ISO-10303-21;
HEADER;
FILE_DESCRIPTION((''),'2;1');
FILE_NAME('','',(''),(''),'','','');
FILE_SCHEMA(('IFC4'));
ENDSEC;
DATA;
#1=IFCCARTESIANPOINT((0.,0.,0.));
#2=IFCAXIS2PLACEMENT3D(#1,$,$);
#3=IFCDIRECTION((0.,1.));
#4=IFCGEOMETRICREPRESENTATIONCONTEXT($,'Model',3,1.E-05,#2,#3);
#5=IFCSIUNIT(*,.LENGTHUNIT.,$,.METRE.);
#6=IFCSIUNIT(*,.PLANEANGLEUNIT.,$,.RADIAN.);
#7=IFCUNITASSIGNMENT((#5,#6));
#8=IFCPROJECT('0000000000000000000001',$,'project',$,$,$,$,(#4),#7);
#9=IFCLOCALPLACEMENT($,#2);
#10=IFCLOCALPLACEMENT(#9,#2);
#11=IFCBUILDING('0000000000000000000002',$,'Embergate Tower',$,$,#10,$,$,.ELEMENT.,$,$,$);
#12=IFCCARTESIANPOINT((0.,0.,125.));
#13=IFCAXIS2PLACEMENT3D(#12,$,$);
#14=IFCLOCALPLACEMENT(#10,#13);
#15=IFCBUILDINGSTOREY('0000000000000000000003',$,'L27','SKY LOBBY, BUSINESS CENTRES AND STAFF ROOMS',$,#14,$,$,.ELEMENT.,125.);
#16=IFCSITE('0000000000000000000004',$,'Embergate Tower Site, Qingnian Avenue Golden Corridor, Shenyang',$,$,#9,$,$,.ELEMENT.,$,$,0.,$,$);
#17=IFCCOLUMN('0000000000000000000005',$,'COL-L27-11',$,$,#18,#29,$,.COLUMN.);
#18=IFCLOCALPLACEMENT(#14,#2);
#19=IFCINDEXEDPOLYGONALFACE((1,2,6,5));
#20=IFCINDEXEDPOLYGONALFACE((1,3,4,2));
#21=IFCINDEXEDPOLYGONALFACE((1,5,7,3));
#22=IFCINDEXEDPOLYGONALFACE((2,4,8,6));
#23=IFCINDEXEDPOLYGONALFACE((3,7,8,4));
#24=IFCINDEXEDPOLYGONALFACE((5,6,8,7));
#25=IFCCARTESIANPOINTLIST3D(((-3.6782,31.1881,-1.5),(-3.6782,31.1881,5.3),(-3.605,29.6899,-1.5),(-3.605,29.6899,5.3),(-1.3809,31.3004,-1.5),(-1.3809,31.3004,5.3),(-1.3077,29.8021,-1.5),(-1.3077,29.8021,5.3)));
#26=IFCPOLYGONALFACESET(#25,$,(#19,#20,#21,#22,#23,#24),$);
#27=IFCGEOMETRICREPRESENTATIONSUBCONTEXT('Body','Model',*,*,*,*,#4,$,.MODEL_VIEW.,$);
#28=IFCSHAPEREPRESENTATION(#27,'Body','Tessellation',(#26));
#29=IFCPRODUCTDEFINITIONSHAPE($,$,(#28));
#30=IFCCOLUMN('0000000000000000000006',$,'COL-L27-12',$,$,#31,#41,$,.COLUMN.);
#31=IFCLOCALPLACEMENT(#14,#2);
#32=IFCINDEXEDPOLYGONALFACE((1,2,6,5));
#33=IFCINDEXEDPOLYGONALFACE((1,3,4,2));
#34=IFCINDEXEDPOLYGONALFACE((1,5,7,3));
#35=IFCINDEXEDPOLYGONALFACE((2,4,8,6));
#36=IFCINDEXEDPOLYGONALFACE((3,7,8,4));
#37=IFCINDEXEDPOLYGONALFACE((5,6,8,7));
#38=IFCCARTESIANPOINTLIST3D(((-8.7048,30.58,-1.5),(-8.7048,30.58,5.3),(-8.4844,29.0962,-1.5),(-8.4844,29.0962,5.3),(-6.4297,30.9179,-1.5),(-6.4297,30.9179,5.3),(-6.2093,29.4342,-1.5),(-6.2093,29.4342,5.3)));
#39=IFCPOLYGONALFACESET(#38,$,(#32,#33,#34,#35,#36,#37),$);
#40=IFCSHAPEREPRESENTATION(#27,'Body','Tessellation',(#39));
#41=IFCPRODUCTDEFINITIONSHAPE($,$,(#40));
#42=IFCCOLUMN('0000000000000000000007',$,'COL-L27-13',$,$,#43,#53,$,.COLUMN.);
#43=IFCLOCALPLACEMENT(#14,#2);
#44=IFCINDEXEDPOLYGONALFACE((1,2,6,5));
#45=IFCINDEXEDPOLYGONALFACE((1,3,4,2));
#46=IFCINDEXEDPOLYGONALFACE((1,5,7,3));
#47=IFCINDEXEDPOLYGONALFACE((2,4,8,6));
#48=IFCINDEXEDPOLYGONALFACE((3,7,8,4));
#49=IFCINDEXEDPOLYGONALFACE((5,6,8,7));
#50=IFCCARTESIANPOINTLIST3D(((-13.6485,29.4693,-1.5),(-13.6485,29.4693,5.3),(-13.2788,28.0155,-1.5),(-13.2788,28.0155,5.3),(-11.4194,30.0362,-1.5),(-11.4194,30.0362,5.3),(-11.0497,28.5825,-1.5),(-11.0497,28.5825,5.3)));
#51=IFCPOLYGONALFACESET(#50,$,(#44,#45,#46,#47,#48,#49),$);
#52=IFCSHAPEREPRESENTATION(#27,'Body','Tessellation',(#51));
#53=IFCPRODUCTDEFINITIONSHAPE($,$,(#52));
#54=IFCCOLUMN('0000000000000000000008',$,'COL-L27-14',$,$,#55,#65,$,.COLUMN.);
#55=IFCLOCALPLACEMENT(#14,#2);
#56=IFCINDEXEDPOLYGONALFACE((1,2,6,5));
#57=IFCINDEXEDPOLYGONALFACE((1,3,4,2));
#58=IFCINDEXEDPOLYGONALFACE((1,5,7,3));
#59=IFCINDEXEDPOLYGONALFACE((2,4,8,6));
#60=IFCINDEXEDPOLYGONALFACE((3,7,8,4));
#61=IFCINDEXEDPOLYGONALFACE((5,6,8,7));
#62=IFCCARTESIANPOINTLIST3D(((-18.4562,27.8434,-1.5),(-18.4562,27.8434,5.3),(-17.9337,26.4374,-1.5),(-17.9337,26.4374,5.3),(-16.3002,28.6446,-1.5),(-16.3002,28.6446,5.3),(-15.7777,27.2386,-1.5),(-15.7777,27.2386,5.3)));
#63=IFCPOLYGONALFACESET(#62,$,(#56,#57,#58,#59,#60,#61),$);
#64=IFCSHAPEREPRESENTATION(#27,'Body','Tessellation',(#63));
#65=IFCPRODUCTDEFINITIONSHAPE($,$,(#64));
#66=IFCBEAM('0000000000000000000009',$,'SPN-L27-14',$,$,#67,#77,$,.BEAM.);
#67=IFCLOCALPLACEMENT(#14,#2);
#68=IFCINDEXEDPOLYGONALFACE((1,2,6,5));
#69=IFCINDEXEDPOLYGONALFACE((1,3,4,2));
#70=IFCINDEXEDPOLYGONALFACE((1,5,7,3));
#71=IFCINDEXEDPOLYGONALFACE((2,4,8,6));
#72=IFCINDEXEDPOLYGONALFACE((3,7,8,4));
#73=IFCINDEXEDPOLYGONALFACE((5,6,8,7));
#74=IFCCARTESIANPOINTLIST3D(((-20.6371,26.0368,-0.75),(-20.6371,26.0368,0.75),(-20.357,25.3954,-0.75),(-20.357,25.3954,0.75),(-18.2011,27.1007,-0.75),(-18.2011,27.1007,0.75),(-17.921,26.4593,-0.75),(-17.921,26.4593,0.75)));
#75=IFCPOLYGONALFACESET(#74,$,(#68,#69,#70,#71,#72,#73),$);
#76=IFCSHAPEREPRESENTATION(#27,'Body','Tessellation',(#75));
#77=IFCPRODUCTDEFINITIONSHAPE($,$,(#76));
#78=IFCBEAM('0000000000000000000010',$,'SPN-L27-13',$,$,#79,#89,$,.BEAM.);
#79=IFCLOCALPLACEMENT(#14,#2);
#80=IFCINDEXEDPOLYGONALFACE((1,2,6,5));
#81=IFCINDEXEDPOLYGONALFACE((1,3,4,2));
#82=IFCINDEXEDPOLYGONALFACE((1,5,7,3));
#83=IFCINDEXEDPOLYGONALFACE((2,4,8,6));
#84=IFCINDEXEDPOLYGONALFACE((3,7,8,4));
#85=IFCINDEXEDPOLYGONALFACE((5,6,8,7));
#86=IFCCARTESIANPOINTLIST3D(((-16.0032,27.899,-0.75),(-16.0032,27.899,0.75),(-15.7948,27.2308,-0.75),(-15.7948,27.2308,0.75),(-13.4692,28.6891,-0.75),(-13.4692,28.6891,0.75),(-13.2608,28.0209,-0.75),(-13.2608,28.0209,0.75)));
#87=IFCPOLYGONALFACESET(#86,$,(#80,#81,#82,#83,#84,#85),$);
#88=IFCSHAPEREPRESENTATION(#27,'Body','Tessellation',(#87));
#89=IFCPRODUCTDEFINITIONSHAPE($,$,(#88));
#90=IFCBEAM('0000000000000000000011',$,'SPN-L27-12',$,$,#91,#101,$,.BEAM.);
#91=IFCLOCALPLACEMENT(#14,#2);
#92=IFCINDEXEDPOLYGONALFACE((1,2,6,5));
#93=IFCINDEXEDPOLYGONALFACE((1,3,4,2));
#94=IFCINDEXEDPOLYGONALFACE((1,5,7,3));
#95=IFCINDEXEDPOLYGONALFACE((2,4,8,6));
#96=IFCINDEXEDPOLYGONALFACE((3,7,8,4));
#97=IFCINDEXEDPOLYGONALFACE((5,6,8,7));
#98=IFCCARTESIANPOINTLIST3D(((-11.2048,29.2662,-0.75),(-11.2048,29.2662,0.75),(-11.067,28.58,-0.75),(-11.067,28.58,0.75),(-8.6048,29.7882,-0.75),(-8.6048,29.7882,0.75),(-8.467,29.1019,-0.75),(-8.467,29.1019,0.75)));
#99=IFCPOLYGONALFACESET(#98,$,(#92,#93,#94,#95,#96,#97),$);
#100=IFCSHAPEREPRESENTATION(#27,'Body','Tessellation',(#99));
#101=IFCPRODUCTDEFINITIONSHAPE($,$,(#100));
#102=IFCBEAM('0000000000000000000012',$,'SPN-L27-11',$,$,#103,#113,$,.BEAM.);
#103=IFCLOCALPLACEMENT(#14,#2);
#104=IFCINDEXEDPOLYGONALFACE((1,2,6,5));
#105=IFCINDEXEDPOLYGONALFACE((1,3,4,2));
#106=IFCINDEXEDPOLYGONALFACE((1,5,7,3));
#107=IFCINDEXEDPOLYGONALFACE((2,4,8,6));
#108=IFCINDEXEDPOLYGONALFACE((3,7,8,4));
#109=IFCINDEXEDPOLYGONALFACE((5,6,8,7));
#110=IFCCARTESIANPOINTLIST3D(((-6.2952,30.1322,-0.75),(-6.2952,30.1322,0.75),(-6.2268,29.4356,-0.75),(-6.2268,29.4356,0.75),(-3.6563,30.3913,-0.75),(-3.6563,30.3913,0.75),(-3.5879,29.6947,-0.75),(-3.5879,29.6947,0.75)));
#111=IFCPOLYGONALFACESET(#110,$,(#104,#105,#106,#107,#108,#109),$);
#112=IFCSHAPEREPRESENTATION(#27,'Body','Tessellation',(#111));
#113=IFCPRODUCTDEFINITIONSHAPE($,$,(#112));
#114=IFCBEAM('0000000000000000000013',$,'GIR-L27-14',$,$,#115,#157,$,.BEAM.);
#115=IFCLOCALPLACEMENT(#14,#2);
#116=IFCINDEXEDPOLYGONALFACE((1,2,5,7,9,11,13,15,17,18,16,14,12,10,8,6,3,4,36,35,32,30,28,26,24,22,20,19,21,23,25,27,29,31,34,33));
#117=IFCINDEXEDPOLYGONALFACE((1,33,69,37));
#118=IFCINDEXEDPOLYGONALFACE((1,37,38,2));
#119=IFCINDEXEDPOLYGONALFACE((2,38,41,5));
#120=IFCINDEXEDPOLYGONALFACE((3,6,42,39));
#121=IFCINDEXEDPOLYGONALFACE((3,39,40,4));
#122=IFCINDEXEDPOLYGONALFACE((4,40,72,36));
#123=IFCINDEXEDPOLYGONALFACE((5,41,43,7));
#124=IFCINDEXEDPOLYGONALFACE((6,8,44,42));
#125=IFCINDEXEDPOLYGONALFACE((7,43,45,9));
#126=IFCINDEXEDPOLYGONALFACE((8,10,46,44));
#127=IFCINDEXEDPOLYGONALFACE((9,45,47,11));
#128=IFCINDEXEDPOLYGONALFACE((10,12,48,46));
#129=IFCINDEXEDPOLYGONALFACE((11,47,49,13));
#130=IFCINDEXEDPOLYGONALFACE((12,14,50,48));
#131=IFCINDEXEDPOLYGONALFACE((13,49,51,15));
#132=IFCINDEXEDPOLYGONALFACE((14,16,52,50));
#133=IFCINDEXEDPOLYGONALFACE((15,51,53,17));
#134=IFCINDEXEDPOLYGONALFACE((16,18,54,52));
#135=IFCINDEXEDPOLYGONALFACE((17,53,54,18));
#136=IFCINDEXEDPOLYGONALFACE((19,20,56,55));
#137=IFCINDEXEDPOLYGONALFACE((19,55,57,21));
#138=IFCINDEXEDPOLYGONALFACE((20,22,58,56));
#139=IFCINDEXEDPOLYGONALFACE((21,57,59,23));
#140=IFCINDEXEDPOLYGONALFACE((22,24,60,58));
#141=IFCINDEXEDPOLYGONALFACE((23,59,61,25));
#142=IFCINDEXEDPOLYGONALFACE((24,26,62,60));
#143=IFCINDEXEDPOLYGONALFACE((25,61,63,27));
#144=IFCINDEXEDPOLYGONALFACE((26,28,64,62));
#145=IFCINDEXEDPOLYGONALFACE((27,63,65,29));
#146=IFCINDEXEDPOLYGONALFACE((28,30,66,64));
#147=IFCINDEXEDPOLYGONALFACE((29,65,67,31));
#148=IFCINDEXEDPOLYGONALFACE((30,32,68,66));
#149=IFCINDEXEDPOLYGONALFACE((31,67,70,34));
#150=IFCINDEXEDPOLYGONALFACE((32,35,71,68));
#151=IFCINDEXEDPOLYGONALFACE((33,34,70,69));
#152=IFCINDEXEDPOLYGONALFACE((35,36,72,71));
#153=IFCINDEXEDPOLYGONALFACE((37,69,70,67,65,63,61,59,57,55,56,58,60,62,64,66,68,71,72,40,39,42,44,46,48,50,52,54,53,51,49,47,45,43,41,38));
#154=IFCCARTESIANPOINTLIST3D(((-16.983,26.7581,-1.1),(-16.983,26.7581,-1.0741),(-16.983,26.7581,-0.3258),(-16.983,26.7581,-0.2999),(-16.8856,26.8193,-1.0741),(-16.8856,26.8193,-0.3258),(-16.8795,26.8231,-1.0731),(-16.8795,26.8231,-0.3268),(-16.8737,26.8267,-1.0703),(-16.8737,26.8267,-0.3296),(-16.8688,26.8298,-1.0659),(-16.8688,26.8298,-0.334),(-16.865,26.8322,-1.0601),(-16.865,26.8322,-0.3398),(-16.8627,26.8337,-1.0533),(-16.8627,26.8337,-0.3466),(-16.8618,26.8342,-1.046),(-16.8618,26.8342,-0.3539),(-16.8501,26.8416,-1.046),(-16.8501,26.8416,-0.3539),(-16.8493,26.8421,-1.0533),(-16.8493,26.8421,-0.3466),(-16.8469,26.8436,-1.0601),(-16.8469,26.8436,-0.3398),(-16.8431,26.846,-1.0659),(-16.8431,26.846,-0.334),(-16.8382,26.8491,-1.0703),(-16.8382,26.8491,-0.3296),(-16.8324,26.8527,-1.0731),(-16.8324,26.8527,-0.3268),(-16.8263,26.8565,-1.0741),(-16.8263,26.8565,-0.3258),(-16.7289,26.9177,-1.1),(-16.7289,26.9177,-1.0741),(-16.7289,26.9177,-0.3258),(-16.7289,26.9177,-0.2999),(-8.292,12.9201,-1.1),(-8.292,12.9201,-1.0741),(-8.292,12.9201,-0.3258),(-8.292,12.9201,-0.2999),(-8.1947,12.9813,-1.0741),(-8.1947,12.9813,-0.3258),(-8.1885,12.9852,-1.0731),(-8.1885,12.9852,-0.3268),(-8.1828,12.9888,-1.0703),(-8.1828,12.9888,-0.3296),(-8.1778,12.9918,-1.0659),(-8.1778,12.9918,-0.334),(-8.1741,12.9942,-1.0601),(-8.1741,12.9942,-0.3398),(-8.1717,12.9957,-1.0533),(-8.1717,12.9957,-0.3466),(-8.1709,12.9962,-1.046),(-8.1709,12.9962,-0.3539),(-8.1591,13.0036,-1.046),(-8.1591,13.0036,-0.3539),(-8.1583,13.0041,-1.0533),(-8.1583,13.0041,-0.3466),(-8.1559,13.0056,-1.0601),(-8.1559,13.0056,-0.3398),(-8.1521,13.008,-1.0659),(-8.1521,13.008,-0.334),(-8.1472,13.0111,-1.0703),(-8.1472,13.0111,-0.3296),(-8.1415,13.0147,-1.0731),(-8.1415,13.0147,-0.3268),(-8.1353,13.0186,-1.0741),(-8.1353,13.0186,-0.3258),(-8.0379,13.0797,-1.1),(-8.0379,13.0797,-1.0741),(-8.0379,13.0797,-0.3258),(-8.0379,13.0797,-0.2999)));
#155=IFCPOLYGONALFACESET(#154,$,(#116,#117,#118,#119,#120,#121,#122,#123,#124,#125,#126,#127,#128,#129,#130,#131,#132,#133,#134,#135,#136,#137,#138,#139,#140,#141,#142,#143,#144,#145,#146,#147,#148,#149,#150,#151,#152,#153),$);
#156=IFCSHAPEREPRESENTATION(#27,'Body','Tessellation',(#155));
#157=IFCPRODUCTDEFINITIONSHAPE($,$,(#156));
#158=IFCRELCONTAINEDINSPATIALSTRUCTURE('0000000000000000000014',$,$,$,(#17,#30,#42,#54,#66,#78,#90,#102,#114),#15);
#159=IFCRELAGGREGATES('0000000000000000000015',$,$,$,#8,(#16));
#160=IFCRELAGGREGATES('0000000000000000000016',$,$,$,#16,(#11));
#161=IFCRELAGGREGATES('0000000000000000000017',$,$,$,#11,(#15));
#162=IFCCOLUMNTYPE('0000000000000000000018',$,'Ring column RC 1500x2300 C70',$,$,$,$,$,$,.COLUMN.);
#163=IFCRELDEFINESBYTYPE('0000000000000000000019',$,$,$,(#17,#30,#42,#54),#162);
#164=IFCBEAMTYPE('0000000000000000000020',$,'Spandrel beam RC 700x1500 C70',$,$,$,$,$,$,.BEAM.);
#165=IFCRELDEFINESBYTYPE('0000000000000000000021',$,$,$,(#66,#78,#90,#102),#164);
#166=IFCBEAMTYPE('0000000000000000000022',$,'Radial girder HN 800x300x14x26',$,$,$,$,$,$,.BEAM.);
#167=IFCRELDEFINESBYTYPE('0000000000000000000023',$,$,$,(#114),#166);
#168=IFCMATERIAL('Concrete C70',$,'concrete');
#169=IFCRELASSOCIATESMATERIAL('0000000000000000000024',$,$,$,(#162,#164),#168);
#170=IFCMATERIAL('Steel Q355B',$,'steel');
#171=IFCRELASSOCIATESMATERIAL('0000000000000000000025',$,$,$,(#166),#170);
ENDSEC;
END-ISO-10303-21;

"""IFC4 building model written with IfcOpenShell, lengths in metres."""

from ifc_helpers import new_model, si_unit, direction, frame, origin, origin_2d, place, context, subcontext, project, spatial, rectangle, i_section, extrude, source, transform, mapped, material, material_profile, profile_set, type_object, element, save


model = new_model("IFC4")

# Units and contexts
model_context = context("Model", 3, precision=1e-05, world=origin(), true_north=direction((0.0, 1.0)))
body_context = subcontext(model_context, "Body", "Model", "MODEL_VIEW")
ifc_project = project(units=[si_unit("LENGTHUNIT", "METRE"), si_unit("PLANEANGLEUNIT", "RADIAN")], contexts=[model_context])

# Site, building, storey
site_placement = place(None, origin())
site = spatial("IfcSite", under=ifc_project, at=site_placement, Name="Embergate Tower Site, Qingnian Avenue Golden Corridor, Shenyang", CompositionType="ELEMENT", RefElevation=0.0)
building_placement = place(site_placement, origin())
building = spatial("IfcBuilding", under=site, at=building_placement, Name="Embergate Tower", CompositionType="ELEMENT")
storey_placement = place(building_placement, frame((0.0, 0.0, 125.0)))
storey = spatial("IfcBuildingStorey", under=building, at=storey_placement, Name="L27", Description="SKY LOBBY, BUSINESS CENTRES AND STAFF ROOMS", CompositionType="ELEMENT", Elevation=125.0)

# Columns
ifc_material_1 = material(Name="Concrete C70", Category="concrete")
ifc_material_profile_1 = material_profile(ifc_material_1, rectangle(XDim=1.5, YDim=2.3, at=origin_2d()), Name="RC 1500x2300")
ifc_profile_set_1 = profile_set([ifc_material_profile_1], Name="Concrete C70")
column_type = type_object("IfcColumnType", Name="Ring column RC 1500x2300 C70", PredefinedType="COLUMN", material=ifc_profile_set_1)
shared_shape_1 = source(origin(), body_context, "Body", "SweptSolid", [
    extrude(rectangle(XDim=1.5, YDim=2.3, at=origin_2d()), origin(), (0.0, 0.0, 1.0), 6.8),
])
for number, where, z_axis, x_axis, name in (
    (1, (-2.4929, 30.4951, -1.5), (0.0, 0.0, 1.0), (-0.048815, 0.998808, 0.0), "COL-L27-11"),
    (2, (-7.457, 30.0071, -1.5), (0.0, 0.0, 1.0), (-0.146929, 0.989147, 0.0), "COL-L27-12"),
    (3, (-12.3491, 29.0259, -1.5), (0.0, 0.0, 1.0), (-0.246492, 0.969145, 0.0), "COL-L27-13"),
    (4, (-17.1169, 27.541, -1.5), (0.0, 0.0, 1.0), (-0.348343, 0.937367, 0.0), "COL-L27-14"),
):
    element("IfcColumn", number, at=place(storey_placement, frame(where, z_axis=z_axis, x_axis=x_axis)), inside=storey, type_object=column_type, Name=name, PredefinedType="COLUMN", context=body_context, shape_type="MappedRepresentation", body=[
        mapped(shared_shape_1, transform((0.0, 0.0, 0.0))),
    ])

# Beams
ifc_material_profile_2 = material_profile(ifc_material_1, rectangle(XDim=0.7, YDim=1.5, at=origin_2d()), Name="RC 700x1500")
ifc_profile_set_2 = profile_set([ifc_material_profile_2], Name="Concrete C70")
beam_type_1 = type_object("IfcBeamType", Name="Spandrel beam RC 700x1500 C70", PredefinedType="BEAM", material=ifc_profile_set_2)
shared_shape_2 = source(origin(), body_context, "Body", "SweptSolid", [
    extrude(rectangle(XDim=0.7, YDim=1.5, at=origin_2d()), origin(), (0.0, 0.0, 1.0), 2.6582),
])
beam_1_placement = place(storey_placement, frame((-18.061, 26.78, 0.0), z_axis=(-0.916406, -0.40025, 0.0), x_axis=(0.40025, -0.916406, 0.0)))
element("IfcBeam", 5, at=beam_1_placement, inside=storey, type_object=beam_type_1, Name="SPN-L27-14", PredefinedType="BEAM", context=body_context, shape_type="MappedRepresentation", body=[
    mapped(shared_shape_2, transform((0.0, 0.0, 0.0))),
])
shared_shape_3 = source(origin(), body_context, "Body", "SweptSolid", [
    extrude(rectangle(XDim=0.7, YDim=1.5, at=origin_2d()), origin(), (0.0, 0.0, 1.0), 2.6543),
])
beam_2_placement = place(storey_placement, frame((-13.365, 28.355, 0.0), z_axis=(-0.954675, -0.297652, 0.0), x_axis=(0.297652, -0.954675, 0.0)))
element("IfcBeam", 6, at=beam_2_placement, inside=storey, type_object=beam_type_1, Name="SPN-L27-13", PredefinedType="BEAM", context=body_context, shape_type="MappedRepresentation", body=[
    mapped(shared_shape_3, transform((0.0, 0.0, 0.0))),
])
shared_shape_4 = source(origin(), body_context, "Body", "SweptSolid", [
    extrude(rectangle(XDim=0.7, YDim=1.5, at=origin_2d()), origin(), (0.0, 0.0, 1.0), 2.6519),
])
beam_3_placement = place(storey_placement, frame((-8.5359, 29.4451, 0.0), z_axis=(-0.980439, -0.196824, 0.0), x_axis=(0.196824, -0.980439, 0.0)))
element("IfcBeam", 7, at=beam_3_placement, inside=storey, type_object=beam_type_1, Name="SPN-L27-12", PredefinedType="BEAM", context=body_context, shape_type="MappedRepresentation", body=[
    mapped(shared_shape_4, transform((0.0, 0.0, 0.0))),
])
shared_shape_5 = source(origin(), body_context, "Body", "SweptSolid", [
    extrude(rectangle(XDim=0.7, YDim=1.5, at=origin_2d()), origin(), (0.0, 0.0, 1.0), 2.6516),
])
beam_4_placement = place(storey_placement, frame((-3.6221, 30.043, 0.0), z_axis=(-0.995217, -0.097689, 0.0), x_axis=(0.097689, -0.995217, 0.0)))
element("IfcBeam", 8, at=beam_4_placement, inside=storey, type_object=beam_type_1, Name="SPN-L27-11", PredefinedType="BEAM", context=body_context, shape_type="MappedRepresentation", body=[
    mapped(shared_shape_5, transform((0.0, 0.0, 0.0))),
])
ifc_material_2 = material(Name="Steel Q355B", Category="steel")
ifc_material_profile_3 = material_profile(ifc_material_2, i_section(OverallWidth=0.3, OverallDepth=0.8, WebThickness=0.0139, FlangeThickness=0.0259, FilletRadius=0.0281, at=origin_2d()), Name="HN 800x300x14x26")
ifc_profile_set_3 = profile_set([ifc_material_profile_3], Name="Steel Q355 grade B")
beam_type_2 = type_object("IfcBeamType", Name="Radial girder HN 800x300x14x26", PredefinedType="BEAM", material=ifc_profile_set_3)
shared_shape_6 = source(origin(), body_context, "Body", "SweptSolid", [
    extrude(i_section(OverallWidth=0.3, OverallDepth=0.8, WebThickness=0.0139, FlangeThickness=0.0259, FilletRadius=0.0281, at=origin_2d()), origin(), (0.0, 0.0, 1.0), 16.3408),
])
beam_5_placement = place(storey_placement, frame((-16.856, 26.8379, -0.7), z_axis=(0.531856, -0.846835, 0.0), x_axis=(0.846835, 0.531856, 0.0)))
element("IfcBeam", 9, at=beam_5_placement, inside=storey, type_object=beam_type_2, Name="GIR-L27-14", PredefinedType="BEAM", context=body_context, shape_type="MappedRepresentation", body=[
    mapped(shared_shape_6, transform((0.0, 0.0, 0.0))),
])

save(model, "model.ifc")
